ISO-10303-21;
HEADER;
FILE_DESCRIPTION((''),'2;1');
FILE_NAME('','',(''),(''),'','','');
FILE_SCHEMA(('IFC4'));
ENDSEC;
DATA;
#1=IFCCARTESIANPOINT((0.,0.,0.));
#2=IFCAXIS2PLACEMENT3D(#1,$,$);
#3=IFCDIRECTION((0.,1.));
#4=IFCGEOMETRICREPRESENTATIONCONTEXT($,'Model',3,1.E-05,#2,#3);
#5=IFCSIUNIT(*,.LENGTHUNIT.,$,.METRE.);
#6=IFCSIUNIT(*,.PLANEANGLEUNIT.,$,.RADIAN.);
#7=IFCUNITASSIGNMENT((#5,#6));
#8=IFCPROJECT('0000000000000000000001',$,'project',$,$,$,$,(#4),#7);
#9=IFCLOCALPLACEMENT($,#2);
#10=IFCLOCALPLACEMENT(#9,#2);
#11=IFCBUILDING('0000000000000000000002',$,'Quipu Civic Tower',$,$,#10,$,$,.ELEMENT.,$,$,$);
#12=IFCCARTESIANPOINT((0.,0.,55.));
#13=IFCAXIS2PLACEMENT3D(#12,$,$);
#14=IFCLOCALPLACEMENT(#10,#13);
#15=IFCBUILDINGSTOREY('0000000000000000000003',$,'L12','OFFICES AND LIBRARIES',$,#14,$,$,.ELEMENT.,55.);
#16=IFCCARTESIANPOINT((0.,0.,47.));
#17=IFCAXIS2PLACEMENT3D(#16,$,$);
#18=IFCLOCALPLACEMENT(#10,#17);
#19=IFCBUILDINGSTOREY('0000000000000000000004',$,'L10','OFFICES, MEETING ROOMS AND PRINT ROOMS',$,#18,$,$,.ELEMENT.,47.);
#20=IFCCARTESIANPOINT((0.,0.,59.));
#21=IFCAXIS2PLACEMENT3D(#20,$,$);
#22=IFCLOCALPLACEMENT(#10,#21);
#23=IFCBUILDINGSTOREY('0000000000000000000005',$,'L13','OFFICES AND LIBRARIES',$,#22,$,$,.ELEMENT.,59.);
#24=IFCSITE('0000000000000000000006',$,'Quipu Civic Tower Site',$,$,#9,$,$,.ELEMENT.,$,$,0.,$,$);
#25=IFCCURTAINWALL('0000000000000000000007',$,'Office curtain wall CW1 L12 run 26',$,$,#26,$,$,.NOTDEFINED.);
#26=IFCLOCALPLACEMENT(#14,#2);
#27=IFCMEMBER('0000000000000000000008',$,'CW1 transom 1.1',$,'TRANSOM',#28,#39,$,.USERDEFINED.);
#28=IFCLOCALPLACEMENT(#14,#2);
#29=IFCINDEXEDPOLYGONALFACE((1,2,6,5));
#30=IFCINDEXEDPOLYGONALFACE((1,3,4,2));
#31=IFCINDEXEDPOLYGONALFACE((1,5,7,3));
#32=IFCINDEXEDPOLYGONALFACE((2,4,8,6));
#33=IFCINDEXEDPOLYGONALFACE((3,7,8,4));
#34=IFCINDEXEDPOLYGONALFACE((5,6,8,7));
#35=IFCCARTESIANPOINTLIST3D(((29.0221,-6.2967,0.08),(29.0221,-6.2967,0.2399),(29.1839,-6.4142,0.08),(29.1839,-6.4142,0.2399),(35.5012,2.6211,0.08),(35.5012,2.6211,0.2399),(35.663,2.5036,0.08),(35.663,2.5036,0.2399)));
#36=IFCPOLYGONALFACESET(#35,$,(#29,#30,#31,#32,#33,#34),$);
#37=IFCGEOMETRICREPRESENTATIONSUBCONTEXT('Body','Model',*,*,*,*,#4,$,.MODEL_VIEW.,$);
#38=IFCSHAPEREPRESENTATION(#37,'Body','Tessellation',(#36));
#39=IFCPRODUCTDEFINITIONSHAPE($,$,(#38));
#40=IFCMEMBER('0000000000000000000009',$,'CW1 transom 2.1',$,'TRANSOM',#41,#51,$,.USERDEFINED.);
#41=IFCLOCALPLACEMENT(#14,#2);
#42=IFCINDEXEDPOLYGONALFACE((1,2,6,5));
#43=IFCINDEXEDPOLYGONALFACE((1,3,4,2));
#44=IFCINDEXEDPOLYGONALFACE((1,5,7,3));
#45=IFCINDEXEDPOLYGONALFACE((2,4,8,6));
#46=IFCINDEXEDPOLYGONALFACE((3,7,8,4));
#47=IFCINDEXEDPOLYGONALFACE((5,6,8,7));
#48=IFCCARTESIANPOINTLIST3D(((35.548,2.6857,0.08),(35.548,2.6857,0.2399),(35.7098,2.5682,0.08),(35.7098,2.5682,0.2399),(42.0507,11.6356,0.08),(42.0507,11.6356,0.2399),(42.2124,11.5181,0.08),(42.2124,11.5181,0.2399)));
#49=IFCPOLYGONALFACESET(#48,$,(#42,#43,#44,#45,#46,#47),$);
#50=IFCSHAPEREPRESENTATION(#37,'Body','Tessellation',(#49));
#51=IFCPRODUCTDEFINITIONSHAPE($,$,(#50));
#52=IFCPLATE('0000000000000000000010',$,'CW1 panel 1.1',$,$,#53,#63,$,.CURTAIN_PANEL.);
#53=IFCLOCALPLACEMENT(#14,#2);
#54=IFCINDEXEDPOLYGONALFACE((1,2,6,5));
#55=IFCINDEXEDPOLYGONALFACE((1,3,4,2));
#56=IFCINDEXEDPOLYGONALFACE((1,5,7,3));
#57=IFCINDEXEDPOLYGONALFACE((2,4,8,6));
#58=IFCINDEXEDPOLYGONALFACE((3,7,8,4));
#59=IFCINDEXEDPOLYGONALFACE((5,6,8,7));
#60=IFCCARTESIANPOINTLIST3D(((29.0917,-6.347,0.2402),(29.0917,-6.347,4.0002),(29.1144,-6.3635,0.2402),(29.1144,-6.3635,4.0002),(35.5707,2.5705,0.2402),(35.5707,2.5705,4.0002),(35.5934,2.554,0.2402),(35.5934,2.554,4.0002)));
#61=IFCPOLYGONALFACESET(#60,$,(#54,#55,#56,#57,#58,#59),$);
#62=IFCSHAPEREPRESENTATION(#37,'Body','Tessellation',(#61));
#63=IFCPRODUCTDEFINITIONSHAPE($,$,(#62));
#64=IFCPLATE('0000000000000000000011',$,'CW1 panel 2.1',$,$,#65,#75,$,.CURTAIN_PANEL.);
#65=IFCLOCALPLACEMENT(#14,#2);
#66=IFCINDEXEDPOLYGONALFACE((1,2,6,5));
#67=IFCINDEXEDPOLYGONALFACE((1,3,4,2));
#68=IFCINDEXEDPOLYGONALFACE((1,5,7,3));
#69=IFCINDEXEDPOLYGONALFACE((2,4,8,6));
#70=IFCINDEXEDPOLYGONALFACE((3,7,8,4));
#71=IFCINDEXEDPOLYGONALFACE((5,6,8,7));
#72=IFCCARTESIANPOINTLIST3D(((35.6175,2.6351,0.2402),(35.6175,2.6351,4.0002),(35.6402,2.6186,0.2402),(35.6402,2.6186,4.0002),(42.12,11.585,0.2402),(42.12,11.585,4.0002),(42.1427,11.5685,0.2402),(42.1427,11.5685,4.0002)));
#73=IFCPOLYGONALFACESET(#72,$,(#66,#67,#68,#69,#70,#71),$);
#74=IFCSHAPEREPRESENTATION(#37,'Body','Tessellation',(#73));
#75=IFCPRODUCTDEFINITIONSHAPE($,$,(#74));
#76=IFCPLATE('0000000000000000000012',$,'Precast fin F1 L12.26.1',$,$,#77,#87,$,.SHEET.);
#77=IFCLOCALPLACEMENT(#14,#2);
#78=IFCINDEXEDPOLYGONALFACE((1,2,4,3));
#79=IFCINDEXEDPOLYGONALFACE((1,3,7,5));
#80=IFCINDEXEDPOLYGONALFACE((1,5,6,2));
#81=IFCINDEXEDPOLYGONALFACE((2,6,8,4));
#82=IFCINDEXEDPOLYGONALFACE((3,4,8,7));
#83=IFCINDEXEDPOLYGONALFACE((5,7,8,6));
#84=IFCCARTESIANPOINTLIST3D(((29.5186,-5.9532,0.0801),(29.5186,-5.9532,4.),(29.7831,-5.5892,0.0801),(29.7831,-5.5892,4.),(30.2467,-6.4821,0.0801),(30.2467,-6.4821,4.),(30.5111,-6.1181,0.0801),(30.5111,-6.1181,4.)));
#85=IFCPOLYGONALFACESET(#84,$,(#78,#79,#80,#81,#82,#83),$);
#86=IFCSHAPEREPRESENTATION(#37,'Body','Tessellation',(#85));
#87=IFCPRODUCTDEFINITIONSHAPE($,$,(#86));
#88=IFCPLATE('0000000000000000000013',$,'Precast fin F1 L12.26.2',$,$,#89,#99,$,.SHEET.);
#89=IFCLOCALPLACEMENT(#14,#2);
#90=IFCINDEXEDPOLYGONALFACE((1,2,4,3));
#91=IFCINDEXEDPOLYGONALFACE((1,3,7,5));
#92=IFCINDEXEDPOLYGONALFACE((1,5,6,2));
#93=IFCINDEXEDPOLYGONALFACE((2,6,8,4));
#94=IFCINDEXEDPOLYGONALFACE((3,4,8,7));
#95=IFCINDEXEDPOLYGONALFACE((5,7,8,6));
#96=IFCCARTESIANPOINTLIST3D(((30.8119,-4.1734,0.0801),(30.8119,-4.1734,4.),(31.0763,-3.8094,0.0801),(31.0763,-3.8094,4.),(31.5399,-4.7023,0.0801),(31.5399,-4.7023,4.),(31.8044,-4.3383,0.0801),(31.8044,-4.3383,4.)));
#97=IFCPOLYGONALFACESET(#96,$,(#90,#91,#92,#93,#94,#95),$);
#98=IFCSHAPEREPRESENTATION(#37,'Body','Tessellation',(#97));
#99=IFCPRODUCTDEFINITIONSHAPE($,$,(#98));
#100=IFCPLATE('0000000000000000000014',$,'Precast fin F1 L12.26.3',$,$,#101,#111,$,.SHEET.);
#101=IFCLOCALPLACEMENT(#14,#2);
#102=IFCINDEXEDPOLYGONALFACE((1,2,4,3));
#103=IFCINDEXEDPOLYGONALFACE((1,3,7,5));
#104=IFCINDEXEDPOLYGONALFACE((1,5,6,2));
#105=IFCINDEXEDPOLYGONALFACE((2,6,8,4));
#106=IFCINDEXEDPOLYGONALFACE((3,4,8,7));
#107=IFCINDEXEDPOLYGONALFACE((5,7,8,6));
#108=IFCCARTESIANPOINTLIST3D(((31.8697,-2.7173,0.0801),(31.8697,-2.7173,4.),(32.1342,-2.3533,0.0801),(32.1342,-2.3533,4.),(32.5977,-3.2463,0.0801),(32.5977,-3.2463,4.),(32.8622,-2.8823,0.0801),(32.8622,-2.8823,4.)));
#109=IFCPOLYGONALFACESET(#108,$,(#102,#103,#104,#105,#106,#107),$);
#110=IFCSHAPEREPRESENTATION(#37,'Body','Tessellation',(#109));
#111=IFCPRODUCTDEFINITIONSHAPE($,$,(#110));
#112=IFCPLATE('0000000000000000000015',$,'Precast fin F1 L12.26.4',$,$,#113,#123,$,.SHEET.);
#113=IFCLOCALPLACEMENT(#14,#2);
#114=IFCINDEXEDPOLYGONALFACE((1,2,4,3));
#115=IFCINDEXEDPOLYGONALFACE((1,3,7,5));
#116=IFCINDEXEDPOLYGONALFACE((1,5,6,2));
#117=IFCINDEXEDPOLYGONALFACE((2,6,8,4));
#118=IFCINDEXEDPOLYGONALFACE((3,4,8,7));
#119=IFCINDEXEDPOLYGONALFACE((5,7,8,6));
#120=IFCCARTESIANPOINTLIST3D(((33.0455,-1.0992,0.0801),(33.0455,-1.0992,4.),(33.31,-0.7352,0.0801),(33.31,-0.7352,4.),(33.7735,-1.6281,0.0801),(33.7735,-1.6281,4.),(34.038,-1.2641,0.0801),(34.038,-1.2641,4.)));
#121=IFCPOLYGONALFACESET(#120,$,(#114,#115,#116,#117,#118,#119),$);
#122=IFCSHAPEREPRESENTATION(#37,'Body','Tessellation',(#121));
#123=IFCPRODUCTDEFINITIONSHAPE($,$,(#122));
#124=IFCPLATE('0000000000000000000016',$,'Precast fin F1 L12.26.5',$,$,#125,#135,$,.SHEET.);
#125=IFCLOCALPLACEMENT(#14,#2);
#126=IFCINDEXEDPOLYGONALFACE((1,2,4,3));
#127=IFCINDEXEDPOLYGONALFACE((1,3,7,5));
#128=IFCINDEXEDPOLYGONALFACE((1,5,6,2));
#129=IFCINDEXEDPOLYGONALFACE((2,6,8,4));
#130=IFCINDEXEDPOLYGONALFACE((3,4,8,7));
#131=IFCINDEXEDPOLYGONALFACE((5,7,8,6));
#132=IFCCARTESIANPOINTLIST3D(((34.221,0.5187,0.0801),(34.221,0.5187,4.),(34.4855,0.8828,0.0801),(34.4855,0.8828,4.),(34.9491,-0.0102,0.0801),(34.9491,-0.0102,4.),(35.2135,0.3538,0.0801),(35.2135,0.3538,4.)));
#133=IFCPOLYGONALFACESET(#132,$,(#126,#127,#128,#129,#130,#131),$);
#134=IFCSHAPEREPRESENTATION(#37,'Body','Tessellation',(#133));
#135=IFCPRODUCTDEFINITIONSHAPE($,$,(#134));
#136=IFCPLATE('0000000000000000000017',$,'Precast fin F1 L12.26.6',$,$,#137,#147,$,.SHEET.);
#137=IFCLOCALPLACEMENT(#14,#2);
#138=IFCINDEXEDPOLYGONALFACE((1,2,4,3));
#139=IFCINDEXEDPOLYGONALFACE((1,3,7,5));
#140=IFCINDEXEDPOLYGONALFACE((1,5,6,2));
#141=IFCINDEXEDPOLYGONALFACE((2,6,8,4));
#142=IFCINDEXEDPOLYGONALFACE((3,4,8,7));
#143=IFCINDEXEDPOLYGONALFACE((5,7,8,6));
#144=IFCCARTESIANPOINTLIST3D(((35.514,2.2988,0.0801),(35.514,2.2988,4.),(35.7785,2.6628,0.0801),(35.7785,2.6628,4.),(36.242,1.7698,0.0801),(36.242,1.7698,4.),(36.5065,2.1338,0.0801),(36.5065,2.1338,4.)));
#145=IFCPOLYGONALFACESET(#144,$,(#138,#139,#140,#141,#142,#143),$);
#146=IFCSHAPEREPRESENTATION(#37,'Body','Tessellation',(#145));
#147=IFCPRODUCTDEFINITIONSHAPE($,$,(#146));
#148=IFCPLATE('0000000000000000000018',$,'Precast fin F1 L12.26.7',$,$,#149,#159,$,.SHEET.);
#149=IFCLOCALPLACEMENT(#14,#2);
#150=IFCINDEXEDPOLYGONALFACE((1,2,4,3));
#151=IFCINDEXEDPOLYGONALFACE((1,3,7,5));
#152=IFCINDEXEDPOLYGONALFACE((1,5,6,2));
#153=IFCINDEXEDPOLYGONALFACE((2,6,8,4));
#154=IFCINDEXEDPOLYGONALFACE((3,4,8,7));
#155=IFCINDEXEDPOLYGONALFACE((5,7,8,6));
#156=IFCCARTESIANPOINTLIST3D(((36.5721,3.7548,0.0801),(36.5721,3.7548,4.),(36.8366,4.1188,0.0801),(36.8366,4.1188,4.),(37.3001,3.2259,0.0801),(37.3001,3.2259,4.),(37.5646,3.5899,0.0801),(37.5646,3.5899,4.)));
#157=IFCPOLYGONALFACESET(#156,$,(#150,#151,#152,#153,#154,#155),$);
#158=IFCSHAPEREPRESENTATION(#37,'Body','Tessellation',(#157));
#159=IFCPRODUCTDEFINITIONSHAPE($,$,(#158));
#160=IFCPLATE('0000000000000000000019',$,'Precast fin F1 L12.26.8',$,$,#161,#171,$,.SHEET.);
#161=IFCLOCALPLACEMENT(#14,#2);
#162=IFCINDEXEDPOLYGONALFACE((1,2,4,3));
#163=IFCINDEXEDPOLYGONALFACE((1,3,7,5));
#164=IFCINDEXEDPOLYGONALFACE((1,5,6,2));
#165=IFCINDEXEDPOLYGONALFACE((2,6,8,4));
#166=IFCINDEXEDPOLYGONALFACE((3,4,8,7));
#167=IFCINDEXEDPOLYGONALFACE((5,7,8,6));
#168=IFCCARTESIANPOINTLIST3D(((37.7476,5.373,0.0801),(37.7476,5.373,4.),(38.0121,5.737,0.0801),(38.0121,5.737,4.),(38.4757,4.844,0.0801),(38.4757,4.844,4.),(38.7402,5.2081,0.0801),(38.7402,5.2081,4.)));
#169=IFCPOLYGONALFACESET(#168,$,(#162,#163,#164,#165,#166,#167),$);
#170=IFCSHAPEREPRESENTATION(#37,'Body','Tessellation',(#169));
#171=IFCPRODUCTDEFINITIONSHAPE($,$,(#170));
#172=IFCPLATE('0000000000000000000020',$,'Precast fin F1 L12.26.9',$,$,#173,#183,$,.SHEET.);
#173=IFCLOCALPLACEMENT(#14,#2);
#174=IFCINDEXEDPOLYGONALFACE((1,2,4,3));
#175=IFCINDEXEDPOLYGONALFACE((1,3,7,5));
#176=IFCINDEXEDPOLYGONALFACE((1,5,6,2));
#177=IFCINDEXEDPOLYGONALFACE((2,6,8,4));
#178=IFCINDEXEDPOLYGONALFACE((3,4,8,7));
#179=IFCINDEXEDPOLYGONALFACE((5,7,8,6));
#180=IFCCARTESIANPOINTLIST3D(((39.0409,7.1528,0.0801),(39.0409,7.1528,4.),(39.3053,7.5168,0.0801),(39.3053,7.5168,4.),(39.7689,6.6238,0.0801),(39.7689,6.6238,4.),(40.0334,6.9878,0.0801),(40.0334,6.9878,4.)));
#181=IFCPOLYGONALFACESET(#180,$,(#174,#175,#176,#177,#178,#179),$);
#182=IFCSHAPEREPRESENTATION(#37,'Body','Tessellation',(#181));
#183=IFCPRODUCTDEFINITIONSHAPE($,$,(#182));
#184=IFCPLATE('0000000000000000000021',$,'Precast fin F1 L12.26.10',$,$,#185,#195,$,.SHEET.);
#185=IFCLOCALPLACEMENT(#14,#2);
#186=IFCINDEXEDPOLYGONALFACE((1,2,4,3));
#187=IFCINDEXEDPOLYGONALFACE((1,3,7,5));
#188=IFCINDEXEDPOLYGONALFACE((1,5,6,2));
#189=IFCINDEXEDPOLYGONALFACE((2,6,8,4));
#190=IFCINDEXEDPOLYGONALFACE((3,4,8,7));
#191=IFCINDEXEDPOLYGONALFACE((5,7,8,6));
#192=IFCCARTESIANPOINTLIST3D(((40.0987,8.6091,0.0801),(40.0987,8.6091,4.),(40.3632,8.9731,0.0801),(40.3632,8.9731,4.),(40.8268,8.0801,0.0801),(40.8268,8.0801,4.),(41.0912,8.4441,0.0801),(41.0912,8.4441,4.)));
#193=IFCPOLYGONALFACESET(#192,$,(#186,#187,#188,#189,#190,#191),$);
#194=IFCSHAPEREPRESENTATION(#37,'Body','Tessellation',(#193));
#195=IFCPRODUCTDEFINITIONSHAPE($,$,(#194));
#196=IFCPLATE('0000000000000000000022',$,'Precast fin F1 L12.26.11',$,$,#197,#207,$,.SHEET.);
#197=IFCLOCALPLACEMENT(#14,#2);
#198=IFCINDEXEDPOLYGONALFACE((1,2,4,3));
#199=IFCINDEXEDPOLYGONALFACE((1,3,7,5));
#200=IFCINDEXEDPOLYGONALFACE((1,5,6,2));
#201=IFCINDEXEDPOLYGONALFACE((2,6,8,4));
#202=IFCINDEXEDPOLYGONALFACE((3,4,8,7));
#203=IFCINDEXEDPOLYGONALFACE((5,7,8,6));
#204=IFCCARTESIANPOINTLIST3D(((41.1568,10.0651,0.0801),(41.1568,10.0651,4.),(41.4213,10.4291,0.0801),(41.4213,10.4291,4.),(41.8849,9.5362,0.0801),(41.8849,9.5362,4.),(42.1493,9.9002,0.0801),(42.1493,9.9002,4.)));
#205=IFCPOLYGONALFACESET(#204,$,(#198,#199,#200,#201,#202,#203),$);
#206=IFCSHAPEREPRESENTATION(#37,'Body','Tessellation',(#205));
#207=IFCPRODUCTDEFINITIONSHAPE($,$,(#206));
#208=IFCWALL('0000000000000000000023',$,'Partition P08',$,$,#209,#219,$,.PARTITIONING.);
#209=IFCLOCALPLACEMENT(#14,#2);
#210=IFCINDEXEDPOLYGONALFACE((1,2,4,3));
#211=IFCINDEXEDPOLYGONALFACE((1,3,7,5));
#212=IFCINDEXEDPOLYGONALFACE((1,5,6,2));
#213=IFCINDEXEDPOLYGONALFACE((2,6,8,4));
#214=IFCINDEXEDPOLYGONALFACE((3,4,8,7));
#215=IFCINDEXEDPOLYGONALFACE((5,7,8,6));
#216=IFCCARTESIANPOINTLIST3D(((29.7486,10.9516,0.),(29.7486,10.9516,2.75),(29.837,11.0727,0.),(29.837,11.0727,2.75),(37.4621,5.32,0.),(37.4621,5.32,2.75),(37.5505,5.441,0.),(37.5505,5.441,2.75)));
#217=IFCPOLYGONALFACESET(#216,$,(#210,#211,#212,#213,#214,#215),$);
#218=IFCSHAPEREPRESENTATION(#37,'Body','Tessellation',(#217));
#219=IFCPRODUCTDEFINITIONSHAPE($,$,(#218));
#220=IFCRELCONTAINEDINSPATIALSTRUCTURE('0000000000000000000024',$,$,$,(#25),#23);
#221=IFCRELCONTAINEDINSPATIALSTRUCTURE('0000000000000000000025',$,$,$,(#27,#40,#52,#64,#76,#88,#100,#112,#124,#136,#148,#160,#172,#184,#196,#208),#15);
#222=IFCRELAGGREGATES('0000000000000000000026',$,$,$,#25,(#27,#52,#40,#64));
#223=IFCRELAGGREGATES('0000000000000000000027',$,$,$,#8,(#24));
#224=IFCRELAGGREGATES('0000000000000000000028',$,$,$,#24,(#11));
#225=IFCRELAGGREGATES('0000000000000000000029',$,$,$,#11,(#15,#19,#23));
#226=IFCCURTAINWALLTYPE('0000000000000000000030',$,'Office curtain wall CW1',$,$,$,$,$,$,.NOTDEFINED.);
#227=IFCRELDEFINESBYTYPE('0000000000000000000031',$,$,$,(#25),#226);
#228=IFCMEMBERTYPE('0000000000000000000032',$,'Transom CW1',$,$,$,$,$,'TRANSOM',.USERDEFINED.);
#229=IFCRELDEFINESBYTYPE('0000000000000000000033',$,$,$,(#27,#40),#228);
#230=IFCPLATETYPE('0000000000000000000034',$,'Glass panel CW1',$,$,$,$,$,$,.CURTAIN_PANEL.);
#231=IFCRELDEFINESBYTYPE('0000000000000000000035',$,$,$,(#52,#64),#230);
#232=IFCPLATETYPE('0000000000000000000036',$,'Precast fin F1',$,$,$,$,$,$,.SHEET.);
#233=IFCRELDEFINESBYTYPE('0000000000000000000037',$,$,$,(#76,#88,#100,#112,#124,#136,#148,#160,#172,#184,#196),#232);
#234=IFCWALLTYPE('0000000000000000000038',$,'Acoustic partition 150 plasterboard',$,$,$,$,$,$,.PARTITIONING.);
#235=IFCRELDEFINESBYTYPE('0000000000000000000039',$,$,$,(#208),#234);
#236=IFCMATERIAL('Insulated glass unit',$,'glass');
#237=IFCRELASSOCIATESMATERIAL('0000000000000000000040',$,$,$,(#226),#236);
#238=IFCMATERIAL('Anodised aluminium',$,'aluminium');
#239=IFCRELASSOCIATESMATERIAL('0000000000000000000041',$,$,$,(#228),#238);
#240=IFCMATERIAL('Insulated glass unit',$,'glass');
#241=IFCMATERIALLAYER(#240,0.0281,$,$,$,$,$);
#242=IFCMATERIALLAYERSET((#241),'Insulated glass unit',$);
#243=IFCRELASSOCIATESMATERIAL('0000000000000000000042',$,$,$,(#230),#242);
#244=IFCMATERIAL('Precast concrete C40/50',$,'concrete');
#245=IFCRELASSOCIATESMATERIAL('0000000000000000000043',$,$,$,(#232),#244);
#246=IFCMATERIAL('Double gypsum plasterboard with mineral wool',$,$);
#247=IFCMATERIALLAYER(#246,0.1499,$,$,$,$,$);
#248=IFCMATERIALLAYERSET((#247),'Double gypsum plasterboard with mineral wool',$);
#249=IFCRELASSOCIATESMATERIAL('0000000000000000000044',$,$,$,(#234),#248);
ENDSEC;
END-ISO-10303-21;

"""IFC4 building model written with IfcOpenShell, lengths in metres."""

from ifc_helpers import new_model, si_unit, direction, frame, frame_2d, origin, origin_2d, place, context, subcontext, project, spatial, rectangle, extrude, material, layer, layer_set, material_profile, profile_set, type_object, element, aggregate, save


model = new_model("IFC4")

# Units and contexts
model_context = context("Model", 3, precision=1e-05, world=origin(), true_north=direction((0.0, 1.0)))
body_context = subcontext(model_context, "Body", "Model", "MODEL_VIEW")
ifc_project = project(units=[si_unit("LENGTHUNIT", "METRE"), si_unit("PLANEANGLEUNIT", "RADIAN")], contexts=[model_context])

# Site, building, storey
site_placement = place(None, origin())
site = spatial("IfcSite", under=ifc_project, at=site_placement, Name="Quipu Civic Tower Site", CompositionType="ELEMENT", RefElevation=0.0)
building_placement = place(site_placement, origin())
building = spatial("IfcBuilding", under=site, at=building_placement, Name="Quipu Civic Tower", CompositionType="ELEMENT")
storey_1_placement = place(building_placement, frame((0.0, 0.0, 55.0)))
storey_1 = spatial("IfcBuildingStorey", under=building, at=storey_1_placement, Name="L12", Description="OFFICES AND LIBRARIES", CompositionType="ELEMENT", Elevation=55.0)

# Shared definitions
storey_2_placement = place(building_placement, frame((0.0, 0.0, 47.0)))
storey_2 = spatial("IfcBuildingStorey", under=building, at=storey_2_placement, Name="L10", Description="OFFICES, MEETING ROOMS AND PRINT ROOMS", CompositionType="ELEMENT", Elevation=47.0)

# Shared definitions
ifc_material_1 = material(Name="Insulated glass unit", Category="glass")
curtain_wall_type = type_object("IfcCurtainWallType", Name="Office curtain wall CW1", PredefinedType="NOTDEFINED", material=ifc_material_1)
ifc_material_2 = material(Name="Anodised aluminium", Category="aluminium")
ifc_material_profile_1 = material_profile(ifc_material_2, rectangle(XDim=0.2, YDim=0.1599, at=origin_2d()), Name="RECT 200x160")
ifc_profile_set_1 = profile_set([ifc_material_profile_1], Name="Anodised aluminium")
member_type = type_object("IfcMemberType", Name="Transom CW1", ElementType="TRANSOM", PredefinedType="USERDEFINED", material=ifc_profile_set_1)

# Shared definitions
storey_3_placement = place(building_placement, frame((0.0, 0.0, 59.0)))
storey_3 = spatial("IfcBuildingStorey", under=building, at=storey_3_placement, Name="L13", Description="OFFICES AND LIBRARIES", CompositionType="ELEMENT", Elevation=59.0)

# Curtain wall, members, plates
curtain_wall_1_placement = place(storey_3_placement, origin())
curtain_wall_1 = element("IfcCurtainWall", 1, at=curtain_wall_1_placement, inside=storey_3, type_object=curtain_wall_type, Name="Office curtain wall CW1 L12 run 26", PredefinedType="NOTDEFINED")
member_1_placement = place(storey_1_placement, frame((29.103, -6.3555, 0.1599), z_axis=(0.587779, 0.809021, 0.0), x_axis=(-0.809021, 0.587779, 0.0)))
member_1 = element("IfcMember", 2, at=member_1_placement, inside=storey_1, type_object=member_type, Name="CW1 transom 1.1", ObjectType="TRANSOM", PredefinedType="USERDEFINED", context=body_context, shape_type="SweptSolid", body=[
    extrude(rectangle(XDim=0.2, YDim=0.1599, at=origin_2d()), origin(), (0.0, 0.0, 1.0), 11.0229),
])
member_2_placement = place(storey_1_placement, frame((35.6289, 2.627, 0.1599), z_axis=(0.587795, 0.80901, 0.0), x_axis=(-0.80901, 0.587795, 0.0)))
member_2 = element("IfcMember", 3, at=member_2_placement, inside=storey_1, type_object=member_type, Name="CW1 transom 2.1", ObjectType="TRANSOM", PredefinedType="USERDEFINED", context=body_context, shape_type="SweptSolid", body=[
    extrude(rectangle(XDim=0.2, YDim=0.1599, at=origin_2d()), origin(), (0.0, 0.0, 1.0), 11.0627),
])
ifc_material_3 = material(Name="Insulated glass unit", Category="glass")
ifc_layer_1 = layer(ifc_material_3, 0.0281)
ifc_layer_set_1 = layer_set([ifc_layer_1], Name="Insulated glass unit")
plate_type_1 = type_object("IfcPlateType", Name="Glass panel CW1", PredefinedType="CURTAIN_PANEL", material=ifc_layer_set_1)
plate_1_placement = place(storey_1_placement, frame((32.3425, -1.8965, 0.2402), z_axis=(0.0, 0.0, 1.0), x_axis=(0.587786, 0.809017, 0.0)))
plate_1 = element("IfcPlate", 4, at=plate_1_placement, inside=storey_1, type_object=plate_type_1, Name="CW1 panel 1.1", PredefinedType="CURTAIN_PANEL", context=body_context, shape_type="SweptSolid", body=[
    extrude(rectangle(XDim=11.0227, YDim=0.0281, at=origin_2d()), origin(), (0.0, 0.0, 1.0), 3.76),
])
plate_2_placement = place(storey_1_placement, frame((38.8801, 7.1018, 0.2402), z_axis=(0.0, 0.0, 1.0), x_axis=(0.587786, 0.809017, 0.0)))
plate_2 = element("IfcPlate", 5, at=plate_2_placement, inside=storey_1, type_object=plate_type_1, Name="CW1 panel 2.1", PredefinedType="CURTAIN_PANEL", context=body_context, shape_type="SweptSolid", body=[
    extrude(rectangle(XDim=11.0627, YDim=0.0281, at=origin_2d()), origin(), (0.0, 0.0, 1.0), 3.76),
])
aggregate(curtain_wall_1, [member_1, plate_1, member_2, plate_2])

# Plates
ifc_material_4 = material(Name="Precast concrete C40/50", Category="concrete")
plate_type_2 = type_object("IfcPlateType", Name="Precast fin F1", PredefinedType="SHEET", material=ifc_material_4)
for number, where, z_axis, x_axis, name in (
    (6, (30.0149, -6.0356, 0.0801), (0.0, 0.0, 1.0), (0.587786, 0.809017, 0.0), "Precast fin F1 L12.26.1"),
    (7, (31.3081, -4.2559, 0.0801), (0.0, 0.0, 1.0), (0.587786, 0.809017, 0.0), "Precast fin F1 L12.26.2"),
    (8, (32.366, -2.7998, 0.0801), (0.0, 0.0, 1.0), (0.587786, 0.809017, 0.0), "Precast fin F1 L12.26.3"),
    (9, (33.5417, -1.1816, 0.0801), (0.0, 0.0, 1.0), (0.587786, 0.809017, 0.0), "Precast fin F1 L12.26.4"),
    (10, (34.7173, 0.4363, 0.0801), (0.0, 0.0, 1.0), (0.587786, 0.809017, 0.0), "Precast fin F1 L12.26.5"),
    (11, (36.0103, 2.2163, 0.0801), (0.0, 0.0, 1.0), (0.587786, 0.809017, 0.0), "Precast fin F1 L12.26.6"),
    (12, (37.0684, 3.6724, 0.0801), (0.0, 0.0, 1.0), (0.587786, 0.809017, 0.0), "Precast fin F1 L12.26.7"),
    (13, (38.2439, 5.2905, 0.0801), (0.0, 0.0, 1.0), (0.587786, 0.809017, 0.0), "Precast fin F1 L12.26.8"),
    (14, (39.5371, 7.0703, 0.0801), (0.0, 0.0, 1.0), (0.587786, 0.809017, 0.0), "Precast fin F1 L12.26.9"),
    (15, (40.595, 8.5266, 0.0801), (0.0, 0.0, 1.0), (0.587786, 0.809017, 0.0), "Precast fin F1 L12.26.10"),
    (16, (41.6531, 9.9827, 0.0801), (0.0, 0.0, 1.0), (0.587786, 0.809017, 0.0), "Precast fin F1 L12.26.11"),
):
    element("IfcPlate", number, at=place(storey_1_placement, frame(where, z_axis=z_axis, x_axis=x_axis)), inside=storey_1, type_object=plate_type_2, Name=name, PredefinedType="SHEET", context=body_context, shape_type="SweptSolid", body=[
        extrude(rectangle(XDim=0.45, YDim=0.8999, at=origin_2d()), origin(), (0.0, 0.0, 1.0), 3.9199),
    ])

# Wall
ifc_material_5 = material(Name="Double gypsum plasterboard with mineral wool")
ifc_layer_2 = layer(ifc_material_5, 0.1499)
ifc_layer_set_2 = layer_set([ifc_layer_2], Name="Double gypsum plasterboard with mineral wool")
wall_type_1 = type_object("IfcWallType", Name="Acoustic partition 150 plasterboard", PredefinedType="PARTITIONING", material=ifc_layer_set_2)
wall_1_placement = place(storey_1_placement, frame((29.7927, 11.0122, 0.0), z_axis=(0.0, 0.0, 1.0), x_axis=(0.807646, -0.589668, 0.0)))
element("IfcWall", 17, at=wall_1_placement, inside=storey_1, type_object=wall_type_1, Name="Partition P08", PredefinedType="PARTITIONING", context=body_context, shape_type="SweptSolid", body=[
    extrude(rectangle(XDim=9.5505, YDim=0.1499, at=frame_2d((4.7754, 0.0))), origin(), (0.0, 0.0, 1.0), 2.75),
])

save(model, "model.ifc")
